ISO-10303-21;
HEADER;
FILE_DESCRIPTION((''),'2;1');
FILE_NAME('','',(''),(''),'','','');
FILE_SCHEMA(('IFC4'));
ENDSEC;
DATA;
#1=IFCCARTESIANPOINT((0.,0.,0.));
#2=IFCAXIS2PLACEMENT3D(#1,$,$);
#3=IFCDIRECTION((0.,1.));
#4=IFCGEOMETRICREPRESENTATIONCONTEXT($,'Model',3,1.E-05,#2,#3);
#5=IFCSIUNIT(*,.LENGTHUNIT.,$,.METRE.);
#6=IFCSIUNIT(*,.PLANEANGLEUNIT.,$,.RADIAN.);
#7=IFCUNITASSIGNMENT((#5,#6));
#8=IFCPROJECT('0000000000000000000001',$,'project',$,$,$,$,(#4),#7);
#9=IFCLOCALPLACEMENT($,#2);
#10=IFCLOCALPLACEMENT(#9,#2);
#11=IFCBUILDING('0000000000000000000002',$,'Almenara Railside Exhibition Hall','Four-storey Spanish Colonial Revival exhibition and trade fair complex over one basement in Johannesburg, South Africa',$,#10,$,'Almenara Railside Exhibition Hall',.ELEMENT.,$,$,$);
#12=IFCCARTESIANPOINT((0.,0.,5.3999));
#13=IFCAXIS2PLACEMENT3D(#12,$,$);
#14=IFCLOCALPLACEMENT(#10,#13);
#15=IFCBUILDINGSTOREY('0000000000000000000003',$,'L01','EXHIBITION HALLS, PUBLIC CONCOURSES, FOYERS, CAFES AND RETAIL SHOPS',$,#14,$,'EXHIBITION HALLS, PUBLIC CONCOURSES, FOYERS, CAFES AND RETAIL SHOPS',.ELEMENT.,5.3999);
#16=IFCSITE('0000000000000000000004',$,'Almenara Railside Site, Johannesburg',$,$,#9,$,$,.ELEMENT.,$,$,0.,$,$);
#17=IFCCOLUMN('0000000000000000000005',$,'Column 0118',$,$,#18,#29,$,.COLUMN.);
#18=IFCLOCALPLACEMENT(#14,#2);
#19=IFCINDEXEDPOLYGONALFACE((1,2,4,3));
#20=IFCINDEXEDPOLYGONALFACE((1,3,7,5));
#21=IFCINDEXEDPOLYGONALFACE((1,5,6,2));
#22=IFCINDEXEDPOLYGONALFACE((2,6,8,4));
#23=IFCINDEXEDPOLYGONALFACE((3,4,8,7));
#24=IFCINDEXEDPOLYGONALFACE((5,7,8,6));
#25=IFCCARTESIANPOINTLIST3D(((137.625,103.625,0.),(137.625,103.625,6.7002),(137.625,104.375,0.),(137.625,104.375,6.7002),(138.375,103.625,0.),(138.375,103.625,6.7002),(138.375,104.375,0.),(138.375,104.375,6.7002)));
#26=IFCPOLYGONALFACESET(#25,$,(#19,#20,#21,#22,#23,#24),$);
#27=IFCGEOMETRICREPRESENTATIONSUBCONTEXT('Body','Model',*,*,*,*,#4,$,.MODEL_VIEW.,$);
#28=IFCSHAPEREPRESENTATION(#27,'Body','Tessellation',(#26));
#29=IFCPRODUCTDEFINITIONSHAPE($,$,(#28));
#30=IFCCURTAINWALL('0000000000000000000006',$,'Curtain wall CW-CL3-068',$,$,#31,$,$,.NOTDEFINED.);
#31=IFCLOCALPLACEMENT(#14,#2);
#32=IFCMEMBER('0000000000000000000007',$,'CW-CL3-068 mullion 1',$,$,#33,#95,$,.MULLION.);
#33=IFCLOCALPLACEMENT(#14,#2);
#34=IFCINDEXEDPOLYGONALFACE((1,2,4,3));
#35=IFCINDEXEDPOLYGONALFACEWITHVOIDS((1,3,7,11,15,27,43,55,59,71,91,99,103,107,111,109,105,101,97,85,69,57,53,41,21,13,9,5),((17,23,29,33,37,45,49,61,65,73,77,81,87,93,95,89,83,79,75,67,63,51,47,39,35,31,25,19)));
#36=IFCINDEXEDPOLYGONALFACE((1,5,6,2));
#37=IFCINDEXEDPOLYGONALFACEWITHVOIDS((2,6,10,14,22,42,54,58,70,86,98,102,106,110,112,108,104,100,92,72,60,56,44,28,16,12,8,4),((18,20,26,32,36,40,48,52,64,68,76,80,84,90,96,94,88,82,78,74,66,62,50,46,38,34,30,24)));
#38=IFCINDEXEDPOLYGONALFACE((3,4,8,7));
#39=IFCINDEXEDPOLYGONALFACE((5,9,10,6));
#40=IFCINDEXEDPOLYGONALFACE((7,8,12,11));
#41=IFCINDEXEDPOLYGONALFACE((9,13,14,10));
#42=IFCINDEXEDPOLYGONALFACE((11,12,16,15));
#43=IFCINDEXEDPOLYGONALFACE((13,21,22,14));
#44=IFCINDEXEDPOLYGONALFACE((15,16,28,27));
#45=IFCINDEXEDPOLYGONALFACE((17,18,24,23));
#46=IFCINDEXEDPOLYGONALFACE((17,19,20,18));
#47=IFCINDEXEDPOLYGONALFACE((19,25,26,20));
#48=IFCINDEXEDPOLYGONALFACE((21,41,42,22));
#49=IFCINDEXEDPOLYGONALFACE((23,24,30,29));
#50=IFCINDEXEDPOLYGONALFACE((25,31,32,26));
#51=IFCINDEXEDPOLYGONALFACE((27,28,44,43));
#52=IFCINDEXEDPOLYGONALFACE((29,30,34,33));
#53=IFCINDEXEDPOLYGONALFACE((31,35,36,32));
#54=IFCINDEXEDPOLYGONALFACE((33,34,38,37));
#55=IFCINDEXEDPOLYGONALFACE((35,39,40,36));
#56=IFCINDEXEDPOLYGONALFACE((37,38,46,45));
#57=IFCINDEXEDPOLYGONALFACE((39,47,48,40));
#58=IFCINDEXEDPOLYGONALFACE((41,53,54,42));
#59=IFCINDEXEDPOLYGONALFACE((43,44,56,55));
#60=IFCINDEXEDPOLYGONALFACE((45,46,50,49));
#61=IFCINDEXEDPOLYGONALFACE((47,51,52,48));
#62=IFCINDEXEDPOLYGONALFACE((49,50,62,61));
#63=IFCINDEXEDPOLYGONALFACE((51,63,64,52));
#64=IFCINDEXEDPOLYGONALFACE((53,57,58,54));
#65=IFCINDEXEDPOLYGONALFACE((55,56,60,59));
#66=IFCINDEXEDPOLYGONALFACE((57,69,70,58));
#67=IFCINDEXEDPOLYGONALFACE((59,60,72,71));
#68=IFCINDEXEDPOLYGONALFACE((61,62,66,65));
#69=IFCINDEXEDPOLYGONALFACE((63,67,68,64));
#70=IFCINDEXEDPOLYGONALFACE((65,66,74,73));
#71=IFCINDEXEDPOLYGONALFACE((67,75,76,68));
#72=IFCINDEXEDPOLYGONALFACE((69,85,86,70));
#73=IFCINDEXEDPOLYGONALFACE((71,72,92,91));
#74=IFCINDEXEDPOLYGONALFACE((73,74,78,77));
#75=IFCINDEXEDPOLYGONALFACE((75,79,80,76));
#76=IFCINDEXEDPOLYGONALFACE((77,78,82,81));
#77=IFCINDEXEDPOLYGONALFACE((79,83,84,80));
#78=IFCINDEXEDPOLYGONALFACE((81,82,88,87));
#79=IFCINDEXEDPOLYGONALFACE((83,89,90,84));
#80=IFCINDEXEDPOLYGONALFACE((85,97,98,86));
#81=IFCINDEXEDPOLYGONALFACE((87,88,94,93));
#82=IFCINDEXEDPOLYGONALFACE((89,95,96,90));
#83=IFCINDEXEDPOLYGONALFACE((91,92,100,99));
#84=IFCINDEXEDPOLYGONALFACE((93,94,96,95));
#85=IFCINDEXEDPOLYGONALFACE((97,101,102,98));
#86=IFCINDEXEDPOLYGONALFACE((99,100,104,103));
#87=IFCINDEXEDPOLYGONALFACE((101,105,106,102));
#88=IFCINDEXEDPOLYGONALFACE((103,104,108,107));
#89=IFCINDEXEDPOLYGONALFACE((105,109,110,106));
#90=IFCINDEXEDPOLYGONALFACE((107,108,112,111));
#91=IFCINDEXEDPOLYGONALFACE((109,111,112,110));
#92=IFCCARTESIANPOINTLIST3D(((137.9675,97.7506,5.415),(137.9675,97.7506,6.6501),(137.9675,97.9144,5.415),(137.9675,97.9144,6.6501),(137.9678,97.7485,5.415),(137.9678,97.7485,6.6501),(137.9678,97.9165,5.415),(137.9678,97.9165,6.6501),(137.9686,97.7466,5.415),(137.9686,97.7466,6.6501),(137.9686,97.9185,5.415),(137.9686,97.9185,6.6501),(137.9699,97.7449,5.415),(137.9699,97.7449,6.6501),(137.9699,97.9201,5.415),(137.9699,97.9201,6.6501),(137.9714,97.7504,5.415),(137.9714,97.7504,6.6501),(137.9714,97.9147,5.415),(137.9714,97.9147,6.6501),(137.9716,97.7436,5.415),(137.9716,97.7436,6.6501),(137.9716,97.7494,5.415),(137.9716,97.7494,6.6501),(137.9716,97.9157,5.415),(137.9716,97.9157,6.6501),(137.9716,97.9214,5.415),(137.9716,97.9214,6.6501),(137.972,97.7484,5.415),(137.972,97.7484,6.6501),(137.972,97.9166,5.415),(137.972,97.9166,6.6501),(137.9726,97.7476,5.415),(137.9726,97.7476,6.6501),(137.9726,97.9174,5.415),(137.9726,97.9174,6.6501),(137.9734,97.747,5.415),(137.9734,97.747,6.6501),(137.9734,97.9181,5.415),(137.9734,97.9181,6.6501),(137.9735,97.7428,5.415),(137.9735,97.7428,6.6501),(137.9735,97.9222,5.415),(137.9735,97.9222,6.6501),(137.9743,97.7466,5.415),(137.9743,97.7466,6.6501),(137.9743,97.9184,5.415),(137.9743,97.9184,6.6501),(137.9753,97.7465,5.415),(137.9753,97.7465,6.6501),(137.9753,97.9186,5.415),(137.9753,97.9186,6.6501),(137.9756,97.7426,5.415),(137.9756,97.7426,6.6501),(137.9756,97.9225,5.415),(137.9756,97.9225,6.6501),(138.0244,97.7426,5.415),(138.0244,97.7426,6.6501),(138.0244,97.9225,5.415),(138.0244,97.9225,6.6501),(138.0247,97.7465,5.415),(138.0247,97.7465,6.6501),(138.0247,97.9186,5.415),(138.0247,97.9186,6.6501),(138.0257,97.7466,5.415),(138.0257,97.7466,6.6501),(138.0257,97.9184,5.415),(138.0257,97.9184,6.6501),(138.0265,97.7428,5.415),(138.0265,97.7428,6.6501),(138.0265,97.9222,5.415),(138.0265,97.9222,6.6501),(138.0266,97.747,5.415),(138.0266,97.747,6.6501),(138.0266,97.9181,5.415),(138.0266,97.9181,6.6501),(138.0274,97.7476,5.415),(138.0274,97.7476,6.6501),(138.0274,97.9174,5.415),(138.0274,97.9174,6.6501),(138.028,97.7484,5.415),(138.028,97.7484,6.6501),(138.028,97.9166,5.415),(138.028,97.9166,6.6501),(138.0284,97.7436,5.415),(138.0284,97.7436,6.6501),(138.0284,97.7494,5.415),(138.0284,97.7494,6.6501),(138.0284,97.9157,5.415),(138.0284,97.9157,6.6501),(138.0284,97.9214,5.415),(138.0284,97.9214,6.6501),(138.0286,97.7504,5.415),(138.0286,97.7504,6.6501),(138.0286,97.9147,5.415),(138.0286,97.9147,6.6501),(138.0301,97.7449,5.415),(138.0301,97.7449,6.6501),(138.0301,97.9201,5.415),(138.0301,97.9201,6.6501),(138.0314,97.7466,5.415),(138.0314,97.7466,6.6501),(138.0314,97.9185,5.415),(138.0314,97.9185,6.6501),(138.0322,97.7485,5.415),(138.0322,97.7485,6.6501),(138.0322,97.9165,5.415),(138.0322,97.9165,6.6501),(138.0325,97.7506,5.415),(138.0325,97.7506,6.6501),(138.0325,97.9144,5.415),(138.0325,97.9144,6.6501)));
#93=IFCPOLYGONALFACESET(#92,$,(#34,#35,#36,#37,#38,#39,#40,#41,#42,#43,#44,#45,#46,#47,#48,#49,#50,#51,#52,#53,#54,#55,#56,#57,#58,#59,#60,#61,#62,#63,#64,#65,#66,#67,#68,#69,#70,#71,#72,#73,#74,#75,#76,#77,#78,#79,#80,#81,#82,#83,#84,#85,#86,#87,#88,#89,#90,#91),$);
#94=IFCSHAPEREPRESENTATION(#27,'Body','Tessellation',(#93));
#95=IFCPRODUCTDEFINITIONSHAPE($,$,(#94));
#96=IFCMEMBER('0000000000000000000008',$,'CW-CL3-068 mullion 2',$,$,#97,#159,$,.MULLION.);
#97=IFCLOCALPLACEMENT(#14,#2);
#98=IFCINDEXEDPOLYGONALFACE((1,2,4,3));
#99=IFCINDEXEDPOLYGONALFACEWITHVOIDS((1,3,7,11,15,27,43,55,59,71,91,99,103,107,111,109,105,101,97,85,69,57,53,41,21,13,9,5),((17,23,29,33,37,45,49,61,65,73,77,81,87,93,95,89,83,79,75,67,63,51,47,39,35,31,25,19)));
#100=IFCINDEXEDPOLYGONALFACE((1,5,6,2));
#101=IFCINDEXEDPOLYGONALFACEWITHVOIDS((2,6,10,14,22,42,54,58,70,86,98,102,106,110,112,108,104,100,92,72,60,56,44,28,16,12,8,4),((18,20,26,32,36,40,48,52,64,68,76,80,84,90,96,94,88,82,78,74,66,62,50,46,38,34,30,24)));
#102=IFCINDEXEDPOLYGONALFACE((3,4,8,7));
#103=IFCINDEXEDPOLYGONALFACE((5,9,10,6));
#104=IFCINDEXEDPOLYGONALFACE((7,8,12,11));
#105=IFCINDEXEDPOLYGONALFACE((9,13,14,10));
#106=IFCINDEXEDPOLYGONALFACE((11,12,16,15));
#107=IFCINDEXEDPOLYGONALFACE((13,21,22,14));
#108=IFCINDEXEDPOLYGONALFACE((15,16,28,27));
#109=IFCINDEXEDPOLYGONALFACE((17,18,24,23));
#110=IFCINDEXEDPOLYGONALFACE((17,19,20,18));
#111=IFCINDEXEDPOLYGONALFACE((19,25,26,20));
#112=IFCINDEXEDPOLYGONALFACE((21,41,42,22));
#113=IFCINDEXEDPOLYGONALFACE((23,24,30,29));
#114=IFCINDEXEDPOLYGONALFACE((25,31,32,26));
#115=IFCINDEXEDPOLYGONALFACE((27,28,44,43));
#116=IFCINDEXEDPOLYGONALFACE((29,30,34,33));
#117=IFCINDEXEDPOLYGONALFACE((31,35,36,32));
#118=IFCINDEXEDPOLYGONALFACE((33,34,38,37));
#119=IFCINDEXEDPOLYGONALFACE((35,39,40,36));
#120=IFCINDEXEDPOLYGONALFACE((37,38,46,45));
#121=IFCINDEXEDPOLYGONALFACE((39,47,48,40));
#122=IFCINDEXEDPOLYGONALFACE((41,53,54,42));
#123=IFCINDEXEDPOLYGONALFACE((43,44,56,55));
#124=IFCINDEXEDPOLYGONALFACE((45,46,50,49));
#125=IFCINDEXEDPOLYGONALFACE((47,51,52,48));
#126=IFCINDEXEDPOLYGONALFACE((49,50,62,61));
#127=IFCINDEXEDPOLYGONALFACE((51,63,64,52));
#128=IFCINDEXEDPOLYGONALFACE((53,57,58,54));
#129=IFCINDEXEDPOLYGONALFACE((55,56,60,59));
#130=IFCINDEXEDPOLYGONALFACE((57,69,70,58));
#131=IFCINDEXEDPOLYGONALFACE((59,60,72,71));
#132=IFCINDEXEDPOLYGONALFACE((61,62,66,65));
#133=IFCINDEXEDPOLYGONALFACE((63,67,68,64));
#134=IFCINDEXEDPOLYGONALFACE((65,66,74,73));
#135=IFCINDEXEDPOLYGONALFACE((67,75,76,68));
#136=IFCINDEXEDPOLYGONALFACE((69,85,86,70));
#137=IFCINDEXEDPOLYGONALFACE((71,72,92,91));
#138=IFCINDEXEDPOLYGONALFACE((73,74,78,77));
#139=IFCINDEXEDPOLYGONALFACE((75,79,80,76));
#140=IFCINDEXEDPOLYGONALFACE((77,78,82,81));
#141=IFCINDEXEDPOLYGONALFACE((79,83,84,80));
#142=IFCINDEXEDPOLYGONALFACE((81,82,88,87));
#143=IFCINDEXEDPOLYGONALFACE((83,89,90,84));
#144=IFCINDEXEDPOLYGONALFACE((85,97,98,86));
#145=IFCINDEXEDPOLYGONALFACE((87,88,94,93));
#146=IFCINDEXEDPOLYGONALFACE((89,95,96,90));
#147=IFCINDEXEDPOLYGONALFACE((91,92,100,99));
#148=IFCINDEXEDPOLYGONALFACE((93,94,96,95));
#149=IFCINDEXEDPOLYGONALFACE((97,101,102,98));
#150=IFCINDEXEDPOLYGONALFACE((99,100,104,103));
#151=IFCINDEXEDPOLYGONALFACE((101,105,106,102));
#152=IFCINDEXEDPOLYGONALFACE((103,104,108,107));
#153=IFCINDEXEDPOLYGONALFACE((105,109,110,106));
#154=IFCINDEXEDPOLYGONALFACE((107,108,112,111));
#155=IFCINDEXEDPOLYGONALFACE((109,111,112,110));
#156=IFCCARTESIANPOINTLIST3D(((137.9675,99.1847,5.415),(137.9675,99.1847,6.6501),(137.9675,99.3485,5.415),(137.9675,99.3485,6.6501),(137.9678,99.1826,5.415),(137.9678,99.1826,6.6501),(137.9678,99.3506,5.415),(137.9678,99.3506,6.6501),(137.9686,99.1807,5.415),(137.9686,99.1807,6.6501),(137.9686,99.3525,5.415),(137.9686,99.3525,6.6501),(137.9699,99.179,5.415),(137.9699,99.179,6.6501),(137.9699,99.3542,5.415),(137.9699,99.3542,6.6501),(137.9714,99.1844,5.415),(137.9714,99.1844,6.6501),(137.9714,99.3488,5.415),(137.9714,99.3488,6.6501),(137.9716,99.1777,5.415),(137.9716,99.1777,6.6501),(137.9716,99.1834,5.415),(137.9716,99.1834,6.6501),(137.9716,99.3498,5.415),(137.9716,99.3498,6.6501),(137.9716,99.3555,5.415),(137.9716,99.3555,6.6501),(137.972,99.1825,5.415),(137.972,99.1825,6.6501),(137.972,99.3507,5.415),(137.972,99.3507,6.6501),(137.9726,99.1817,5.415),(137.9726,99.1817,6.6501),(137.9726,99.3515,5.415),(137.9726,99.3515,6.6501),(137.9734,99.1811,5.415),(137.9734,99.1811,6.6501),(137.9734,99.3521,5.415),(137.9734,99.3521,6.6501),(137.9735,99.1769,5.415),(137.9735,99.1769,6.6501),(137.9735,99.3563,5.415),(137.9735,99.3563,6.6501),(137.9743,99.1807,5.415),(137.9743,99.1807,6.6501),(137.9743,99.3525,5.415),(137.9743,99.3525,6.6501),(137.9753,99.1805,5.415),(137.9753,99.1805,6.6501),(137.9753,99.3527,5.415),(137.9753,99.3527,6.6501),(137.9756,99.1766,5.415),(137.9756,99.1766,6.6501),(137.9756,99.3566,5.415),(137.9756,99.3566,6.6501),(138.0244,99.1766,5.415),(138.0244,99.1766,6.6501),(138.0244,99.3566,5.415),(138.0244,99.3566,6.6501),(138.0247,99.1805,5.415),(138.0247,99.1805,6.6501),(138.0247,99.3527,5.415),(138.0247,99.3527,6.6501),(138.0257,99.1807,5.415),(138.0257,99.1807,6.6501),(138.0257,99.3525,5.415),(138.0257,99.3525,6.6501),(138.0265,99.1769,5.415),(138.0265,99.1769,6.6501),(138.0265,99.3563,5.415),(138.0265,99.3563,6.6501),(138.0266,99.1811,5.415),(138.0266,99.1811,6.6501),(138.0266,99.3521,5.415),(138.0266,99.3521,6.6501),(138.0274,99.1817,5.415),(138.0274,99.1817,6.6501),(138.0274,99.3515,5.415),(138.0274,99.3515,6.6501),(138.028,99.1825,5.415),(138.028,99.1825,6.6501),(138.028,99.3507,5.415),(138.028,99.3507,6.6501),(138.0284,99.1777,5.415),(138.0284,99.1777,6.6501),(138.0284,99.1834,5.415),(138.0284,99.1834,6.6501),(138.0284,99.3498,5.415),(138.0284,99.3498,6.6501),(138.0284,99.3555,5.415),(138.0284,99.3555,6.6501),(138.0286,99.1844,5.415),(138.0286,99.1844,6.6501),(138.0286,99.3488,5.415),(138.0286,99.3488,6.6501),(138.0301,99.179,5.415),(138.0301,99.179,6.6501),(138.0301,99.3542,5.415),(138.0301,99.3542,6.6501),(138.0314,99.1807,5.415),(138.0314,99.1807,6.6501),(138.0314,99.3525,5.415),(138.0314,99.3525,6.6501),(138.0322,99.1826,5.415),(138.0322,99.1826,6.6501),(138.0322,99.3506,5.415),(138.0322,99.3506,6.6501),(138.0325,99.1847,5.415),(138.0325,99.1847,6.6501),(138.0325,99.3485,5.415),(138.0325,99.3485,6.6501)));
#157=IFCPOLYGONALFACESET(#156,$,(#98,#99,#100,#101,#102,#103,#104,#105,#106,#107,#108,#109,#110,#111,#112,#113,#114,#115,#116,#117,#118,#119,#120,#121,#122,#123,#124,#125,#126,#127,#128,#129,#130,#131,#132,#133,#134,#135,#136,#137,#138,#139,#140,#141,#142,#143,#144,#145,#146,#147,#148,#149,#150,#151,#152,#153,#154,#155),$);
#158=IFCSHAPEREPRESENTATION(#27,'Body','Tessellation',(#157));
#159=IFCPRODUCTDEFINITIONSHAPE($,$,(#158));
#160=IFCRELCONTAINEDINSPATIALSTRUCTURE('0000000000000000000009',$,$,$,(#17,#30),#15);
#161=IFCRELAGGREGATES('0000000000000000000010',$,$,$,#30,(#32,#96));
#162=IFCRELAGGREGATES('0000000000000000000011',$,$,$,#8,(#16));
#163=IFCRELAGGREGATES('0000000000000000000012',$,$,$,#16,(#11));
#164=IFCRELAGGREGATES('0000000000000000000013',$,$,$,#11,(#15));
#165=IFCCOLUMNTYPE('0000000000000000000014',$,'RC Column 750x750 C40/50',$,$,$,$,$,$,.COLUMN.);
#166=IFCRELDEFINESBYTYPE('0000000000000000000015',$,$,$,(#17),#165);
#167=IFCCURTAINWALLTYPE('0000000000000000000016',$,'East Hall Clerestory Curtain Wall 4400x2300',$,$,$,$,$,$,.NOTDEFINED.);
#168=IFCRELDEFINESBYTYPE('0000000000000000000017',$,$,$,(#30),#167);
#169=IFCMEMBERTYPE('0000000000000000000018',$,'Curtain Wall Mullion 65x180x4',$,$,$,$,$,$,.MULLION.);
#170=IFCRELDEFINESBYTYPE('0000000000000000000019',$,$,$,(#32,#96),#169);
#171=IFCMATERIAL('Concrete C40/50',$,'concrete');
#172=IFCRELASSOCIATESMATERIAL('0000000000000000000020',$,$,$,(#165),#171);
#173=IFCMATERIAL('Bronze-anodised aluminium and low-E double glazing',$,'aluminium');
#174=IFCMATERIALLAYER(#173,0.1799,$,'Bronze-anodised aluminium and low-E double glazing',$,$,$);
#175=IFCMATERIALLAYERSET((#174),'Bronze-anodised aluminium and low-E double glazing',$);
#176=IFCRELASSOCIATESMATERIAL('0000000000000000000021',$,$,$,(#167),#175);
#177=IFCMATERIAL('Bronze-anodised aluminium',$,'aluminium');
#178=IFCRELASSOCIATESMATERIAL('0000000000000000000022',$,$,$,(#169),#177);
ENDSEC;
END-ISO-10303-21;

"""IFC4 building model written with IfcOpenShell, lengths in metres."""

from ifc_helpers import new_model, si_unit, direction, frame, origin, origin_2d, place, context, subcontext, project, spatial, rectangle, hollow_rectangle, extrude, material, layer, layer_set, material_profile, profile_set, type_object, element, aggregate, save


model = new_model("IFC4")

# Units and contexts
model_context = context("Model", 3, precision=1e-05, world=origin(), true_north=direction((0.0, 1.0)))
body_context = subcontext(model_context, "Body", "Model", "MODEL_VIEW")
ifc_project = project(units=[si_unit("LENGTHUNIT", "METRE"), si_unit("PLANEANGLEUNIT", "RADIAN")], contexts=[model_context])

# Site, building, storey
site_placement = place(None, origin())
site = spatial("IfcSite", under=ifc_project, at=site_placement, Name="Almenara Railside Site, Johannesburg", CompositionType="ELEMENT", RefElevation=0.0)
building_placement = place(site_placement, origin())
building = spatial("IfcBuilding", under=site, at=building_placement, Name="Almenara Railside Exhibition Hall", Description="Four-storey Spanish Colonial Revival exhibition and trade fair complex over one basement in Johannesburg, South Africa", LongName="Almenara Railside Exhibition Hall", CompositionType="ELEMENT")
storey_placement = place(building_placement, frame((0.0, 0.0, 5.3999)))
storey = spatial("IfcBuildingStorey", under=building, at=storey_placement, Name="L01", Description="EXHIBITION HALLS, PUBLIC CONCOURSES, FOYERS, CAFES AND RETAIL SHOPS", LongName="EXHIBITION HALLS, PUBLIC CONCOURSES, FOYERS, CAFES AND RETAIL SHOPS", CompositionType="ELEMENT", Elevation=5.3999)

# Column
ifc_material_1 = material(Name="Concrete C40/50", Category="concrete")
ifc_material_profile_1 = material_profile(ifc_material_1, rectangle(XDim=0.75, YDim=0.75, at=origin_2d()), Name="RC 750x750")
ifc_profile_set_1 = profile_set([ifc_material_profile_1], Name="Concrete C40/50")
column_type = type_object("IfcColumnType", Name="RC Column 750x750 C40/50", PredefinedType="COLUMN", material=ifc_profile_set_1)
column_placement = place(storey_placement, frame((138.0, 104.0, 0.0), z_axis=(0.0, 0.0, 1.0), x_axis=(1.0, 0.0, 0.0)))
element("IfcColumn", 1, at=column_placement, inside=storey, type_object=column_type, Name="Column 0118", PredefinedType="COLUMN", context=body_context, shape_type="SweptSolid", body=[
    extrude(rectangle(XDim=0.75, YDim=0.75, at=origin_2d()), origin(), (0.0, 0.0, 1.0), 6.7002),
])

# Curtain wall, members
ifc_material_2 = material(Name="Bronze-anodised aluminium and low-E double glazing", Category="aluminium")
ifc_layer_1 = layer(ifc_material_2, 0.1799, Name="Bronze-anodised aluminium and low-E double glazing")
ifc_layer_set_1 = layer_set([ifc_layer_1], Name="Bronze-anodised aluminium and low-E double glazing")
curtain_wall_type = type_object("IfcCurtainWallType", Name="East Hall Clerestory Curtain Wall 4400x2300", PredefinedType="NOTDEFINED", material=ifc_layer_set_1)
curtain_wall_1_placement = place(storey_placement, origin())
curtain_wall_1 = element("IfcCurtainWall", 2, at=curtain_wall_1_placement, inside=storey, type_object=curtain_wall_type, Name="Curtain wall CW-CL3-068", PredefinedType="NOTDEFINED")
ifc_material_3 = material(Name="Bronze-anodised aluminium", Category="aluminium")
ifc_material_profile_2 = material_profile(ifc_material_3, hollow_rectangle(XDim=0.0649, YDim=0.1799, WallThickness=0.0039, InnerFilletRadius=0.0039, OuterFilletRadius=0.0081, at=origin_2d()), Name="ALU-MUL 65x180x4")
ifc_profile_set_2 = profile_set([ifc_material_profile_2], Name="Bronze-anodised aluminium")
member_type_1 = type_object("IfcMemberType", Name="Curtain Wall Mullion 65x180x4", PredefinedType="MULLION", material=ifc_profile_set_2)
member_1_placement = place(storey_placement, frame((138.0, 97.8325, 5.415), z_axis=(0.0, 0.0, 1.0), x_axis=(-1.0, 0.0, 0.0)))
member_1 = element("IfcMember", 3, at=member_1_placement, type_object=member_type_1, Name="CW-CL3-068 mullion 1", PredefinedType="MULLION", context=body_context, shape_type="SweptSolid", body=[
    extrude(hollow_rectangle(XDim=0.0649, YDim=0.1799, WallThickness=0.0039, InnerFilletRadius=0.0039, OuterFilletRadius=0.0081, at=origin_2d()), origin(), (0.0, 0.0, 1.0), 1.2351),
])
member_2_placement = place(storey_placement, frame((138.0, 99.2666, 5.415), z_axis=(0.0, 0.0, 1.0), x_axis=(-1.0, 0.0, 0.0)))
member_2 = element("IfcMember", 4, at=member_2_placement, type_object=member_type_1, Name="CW-CL3-068 mullion 2", PredefinedType="MULLION", context=body_context, shape_type="SweptSolid", body=[
    extrude(hollow_rectangle(XDim=0.0649, YDim=0.1799, WallThickness=0.0039, InnerFilletRadius=0.0039, OuterFilletRadius=0.0081, at=origin_2d()), origin(), (0.0, 0.0, 1.0), 1.2351),
])

aggregate(curtain_wall_1, [member_1, member_2])

save(model, "model.ifc")
